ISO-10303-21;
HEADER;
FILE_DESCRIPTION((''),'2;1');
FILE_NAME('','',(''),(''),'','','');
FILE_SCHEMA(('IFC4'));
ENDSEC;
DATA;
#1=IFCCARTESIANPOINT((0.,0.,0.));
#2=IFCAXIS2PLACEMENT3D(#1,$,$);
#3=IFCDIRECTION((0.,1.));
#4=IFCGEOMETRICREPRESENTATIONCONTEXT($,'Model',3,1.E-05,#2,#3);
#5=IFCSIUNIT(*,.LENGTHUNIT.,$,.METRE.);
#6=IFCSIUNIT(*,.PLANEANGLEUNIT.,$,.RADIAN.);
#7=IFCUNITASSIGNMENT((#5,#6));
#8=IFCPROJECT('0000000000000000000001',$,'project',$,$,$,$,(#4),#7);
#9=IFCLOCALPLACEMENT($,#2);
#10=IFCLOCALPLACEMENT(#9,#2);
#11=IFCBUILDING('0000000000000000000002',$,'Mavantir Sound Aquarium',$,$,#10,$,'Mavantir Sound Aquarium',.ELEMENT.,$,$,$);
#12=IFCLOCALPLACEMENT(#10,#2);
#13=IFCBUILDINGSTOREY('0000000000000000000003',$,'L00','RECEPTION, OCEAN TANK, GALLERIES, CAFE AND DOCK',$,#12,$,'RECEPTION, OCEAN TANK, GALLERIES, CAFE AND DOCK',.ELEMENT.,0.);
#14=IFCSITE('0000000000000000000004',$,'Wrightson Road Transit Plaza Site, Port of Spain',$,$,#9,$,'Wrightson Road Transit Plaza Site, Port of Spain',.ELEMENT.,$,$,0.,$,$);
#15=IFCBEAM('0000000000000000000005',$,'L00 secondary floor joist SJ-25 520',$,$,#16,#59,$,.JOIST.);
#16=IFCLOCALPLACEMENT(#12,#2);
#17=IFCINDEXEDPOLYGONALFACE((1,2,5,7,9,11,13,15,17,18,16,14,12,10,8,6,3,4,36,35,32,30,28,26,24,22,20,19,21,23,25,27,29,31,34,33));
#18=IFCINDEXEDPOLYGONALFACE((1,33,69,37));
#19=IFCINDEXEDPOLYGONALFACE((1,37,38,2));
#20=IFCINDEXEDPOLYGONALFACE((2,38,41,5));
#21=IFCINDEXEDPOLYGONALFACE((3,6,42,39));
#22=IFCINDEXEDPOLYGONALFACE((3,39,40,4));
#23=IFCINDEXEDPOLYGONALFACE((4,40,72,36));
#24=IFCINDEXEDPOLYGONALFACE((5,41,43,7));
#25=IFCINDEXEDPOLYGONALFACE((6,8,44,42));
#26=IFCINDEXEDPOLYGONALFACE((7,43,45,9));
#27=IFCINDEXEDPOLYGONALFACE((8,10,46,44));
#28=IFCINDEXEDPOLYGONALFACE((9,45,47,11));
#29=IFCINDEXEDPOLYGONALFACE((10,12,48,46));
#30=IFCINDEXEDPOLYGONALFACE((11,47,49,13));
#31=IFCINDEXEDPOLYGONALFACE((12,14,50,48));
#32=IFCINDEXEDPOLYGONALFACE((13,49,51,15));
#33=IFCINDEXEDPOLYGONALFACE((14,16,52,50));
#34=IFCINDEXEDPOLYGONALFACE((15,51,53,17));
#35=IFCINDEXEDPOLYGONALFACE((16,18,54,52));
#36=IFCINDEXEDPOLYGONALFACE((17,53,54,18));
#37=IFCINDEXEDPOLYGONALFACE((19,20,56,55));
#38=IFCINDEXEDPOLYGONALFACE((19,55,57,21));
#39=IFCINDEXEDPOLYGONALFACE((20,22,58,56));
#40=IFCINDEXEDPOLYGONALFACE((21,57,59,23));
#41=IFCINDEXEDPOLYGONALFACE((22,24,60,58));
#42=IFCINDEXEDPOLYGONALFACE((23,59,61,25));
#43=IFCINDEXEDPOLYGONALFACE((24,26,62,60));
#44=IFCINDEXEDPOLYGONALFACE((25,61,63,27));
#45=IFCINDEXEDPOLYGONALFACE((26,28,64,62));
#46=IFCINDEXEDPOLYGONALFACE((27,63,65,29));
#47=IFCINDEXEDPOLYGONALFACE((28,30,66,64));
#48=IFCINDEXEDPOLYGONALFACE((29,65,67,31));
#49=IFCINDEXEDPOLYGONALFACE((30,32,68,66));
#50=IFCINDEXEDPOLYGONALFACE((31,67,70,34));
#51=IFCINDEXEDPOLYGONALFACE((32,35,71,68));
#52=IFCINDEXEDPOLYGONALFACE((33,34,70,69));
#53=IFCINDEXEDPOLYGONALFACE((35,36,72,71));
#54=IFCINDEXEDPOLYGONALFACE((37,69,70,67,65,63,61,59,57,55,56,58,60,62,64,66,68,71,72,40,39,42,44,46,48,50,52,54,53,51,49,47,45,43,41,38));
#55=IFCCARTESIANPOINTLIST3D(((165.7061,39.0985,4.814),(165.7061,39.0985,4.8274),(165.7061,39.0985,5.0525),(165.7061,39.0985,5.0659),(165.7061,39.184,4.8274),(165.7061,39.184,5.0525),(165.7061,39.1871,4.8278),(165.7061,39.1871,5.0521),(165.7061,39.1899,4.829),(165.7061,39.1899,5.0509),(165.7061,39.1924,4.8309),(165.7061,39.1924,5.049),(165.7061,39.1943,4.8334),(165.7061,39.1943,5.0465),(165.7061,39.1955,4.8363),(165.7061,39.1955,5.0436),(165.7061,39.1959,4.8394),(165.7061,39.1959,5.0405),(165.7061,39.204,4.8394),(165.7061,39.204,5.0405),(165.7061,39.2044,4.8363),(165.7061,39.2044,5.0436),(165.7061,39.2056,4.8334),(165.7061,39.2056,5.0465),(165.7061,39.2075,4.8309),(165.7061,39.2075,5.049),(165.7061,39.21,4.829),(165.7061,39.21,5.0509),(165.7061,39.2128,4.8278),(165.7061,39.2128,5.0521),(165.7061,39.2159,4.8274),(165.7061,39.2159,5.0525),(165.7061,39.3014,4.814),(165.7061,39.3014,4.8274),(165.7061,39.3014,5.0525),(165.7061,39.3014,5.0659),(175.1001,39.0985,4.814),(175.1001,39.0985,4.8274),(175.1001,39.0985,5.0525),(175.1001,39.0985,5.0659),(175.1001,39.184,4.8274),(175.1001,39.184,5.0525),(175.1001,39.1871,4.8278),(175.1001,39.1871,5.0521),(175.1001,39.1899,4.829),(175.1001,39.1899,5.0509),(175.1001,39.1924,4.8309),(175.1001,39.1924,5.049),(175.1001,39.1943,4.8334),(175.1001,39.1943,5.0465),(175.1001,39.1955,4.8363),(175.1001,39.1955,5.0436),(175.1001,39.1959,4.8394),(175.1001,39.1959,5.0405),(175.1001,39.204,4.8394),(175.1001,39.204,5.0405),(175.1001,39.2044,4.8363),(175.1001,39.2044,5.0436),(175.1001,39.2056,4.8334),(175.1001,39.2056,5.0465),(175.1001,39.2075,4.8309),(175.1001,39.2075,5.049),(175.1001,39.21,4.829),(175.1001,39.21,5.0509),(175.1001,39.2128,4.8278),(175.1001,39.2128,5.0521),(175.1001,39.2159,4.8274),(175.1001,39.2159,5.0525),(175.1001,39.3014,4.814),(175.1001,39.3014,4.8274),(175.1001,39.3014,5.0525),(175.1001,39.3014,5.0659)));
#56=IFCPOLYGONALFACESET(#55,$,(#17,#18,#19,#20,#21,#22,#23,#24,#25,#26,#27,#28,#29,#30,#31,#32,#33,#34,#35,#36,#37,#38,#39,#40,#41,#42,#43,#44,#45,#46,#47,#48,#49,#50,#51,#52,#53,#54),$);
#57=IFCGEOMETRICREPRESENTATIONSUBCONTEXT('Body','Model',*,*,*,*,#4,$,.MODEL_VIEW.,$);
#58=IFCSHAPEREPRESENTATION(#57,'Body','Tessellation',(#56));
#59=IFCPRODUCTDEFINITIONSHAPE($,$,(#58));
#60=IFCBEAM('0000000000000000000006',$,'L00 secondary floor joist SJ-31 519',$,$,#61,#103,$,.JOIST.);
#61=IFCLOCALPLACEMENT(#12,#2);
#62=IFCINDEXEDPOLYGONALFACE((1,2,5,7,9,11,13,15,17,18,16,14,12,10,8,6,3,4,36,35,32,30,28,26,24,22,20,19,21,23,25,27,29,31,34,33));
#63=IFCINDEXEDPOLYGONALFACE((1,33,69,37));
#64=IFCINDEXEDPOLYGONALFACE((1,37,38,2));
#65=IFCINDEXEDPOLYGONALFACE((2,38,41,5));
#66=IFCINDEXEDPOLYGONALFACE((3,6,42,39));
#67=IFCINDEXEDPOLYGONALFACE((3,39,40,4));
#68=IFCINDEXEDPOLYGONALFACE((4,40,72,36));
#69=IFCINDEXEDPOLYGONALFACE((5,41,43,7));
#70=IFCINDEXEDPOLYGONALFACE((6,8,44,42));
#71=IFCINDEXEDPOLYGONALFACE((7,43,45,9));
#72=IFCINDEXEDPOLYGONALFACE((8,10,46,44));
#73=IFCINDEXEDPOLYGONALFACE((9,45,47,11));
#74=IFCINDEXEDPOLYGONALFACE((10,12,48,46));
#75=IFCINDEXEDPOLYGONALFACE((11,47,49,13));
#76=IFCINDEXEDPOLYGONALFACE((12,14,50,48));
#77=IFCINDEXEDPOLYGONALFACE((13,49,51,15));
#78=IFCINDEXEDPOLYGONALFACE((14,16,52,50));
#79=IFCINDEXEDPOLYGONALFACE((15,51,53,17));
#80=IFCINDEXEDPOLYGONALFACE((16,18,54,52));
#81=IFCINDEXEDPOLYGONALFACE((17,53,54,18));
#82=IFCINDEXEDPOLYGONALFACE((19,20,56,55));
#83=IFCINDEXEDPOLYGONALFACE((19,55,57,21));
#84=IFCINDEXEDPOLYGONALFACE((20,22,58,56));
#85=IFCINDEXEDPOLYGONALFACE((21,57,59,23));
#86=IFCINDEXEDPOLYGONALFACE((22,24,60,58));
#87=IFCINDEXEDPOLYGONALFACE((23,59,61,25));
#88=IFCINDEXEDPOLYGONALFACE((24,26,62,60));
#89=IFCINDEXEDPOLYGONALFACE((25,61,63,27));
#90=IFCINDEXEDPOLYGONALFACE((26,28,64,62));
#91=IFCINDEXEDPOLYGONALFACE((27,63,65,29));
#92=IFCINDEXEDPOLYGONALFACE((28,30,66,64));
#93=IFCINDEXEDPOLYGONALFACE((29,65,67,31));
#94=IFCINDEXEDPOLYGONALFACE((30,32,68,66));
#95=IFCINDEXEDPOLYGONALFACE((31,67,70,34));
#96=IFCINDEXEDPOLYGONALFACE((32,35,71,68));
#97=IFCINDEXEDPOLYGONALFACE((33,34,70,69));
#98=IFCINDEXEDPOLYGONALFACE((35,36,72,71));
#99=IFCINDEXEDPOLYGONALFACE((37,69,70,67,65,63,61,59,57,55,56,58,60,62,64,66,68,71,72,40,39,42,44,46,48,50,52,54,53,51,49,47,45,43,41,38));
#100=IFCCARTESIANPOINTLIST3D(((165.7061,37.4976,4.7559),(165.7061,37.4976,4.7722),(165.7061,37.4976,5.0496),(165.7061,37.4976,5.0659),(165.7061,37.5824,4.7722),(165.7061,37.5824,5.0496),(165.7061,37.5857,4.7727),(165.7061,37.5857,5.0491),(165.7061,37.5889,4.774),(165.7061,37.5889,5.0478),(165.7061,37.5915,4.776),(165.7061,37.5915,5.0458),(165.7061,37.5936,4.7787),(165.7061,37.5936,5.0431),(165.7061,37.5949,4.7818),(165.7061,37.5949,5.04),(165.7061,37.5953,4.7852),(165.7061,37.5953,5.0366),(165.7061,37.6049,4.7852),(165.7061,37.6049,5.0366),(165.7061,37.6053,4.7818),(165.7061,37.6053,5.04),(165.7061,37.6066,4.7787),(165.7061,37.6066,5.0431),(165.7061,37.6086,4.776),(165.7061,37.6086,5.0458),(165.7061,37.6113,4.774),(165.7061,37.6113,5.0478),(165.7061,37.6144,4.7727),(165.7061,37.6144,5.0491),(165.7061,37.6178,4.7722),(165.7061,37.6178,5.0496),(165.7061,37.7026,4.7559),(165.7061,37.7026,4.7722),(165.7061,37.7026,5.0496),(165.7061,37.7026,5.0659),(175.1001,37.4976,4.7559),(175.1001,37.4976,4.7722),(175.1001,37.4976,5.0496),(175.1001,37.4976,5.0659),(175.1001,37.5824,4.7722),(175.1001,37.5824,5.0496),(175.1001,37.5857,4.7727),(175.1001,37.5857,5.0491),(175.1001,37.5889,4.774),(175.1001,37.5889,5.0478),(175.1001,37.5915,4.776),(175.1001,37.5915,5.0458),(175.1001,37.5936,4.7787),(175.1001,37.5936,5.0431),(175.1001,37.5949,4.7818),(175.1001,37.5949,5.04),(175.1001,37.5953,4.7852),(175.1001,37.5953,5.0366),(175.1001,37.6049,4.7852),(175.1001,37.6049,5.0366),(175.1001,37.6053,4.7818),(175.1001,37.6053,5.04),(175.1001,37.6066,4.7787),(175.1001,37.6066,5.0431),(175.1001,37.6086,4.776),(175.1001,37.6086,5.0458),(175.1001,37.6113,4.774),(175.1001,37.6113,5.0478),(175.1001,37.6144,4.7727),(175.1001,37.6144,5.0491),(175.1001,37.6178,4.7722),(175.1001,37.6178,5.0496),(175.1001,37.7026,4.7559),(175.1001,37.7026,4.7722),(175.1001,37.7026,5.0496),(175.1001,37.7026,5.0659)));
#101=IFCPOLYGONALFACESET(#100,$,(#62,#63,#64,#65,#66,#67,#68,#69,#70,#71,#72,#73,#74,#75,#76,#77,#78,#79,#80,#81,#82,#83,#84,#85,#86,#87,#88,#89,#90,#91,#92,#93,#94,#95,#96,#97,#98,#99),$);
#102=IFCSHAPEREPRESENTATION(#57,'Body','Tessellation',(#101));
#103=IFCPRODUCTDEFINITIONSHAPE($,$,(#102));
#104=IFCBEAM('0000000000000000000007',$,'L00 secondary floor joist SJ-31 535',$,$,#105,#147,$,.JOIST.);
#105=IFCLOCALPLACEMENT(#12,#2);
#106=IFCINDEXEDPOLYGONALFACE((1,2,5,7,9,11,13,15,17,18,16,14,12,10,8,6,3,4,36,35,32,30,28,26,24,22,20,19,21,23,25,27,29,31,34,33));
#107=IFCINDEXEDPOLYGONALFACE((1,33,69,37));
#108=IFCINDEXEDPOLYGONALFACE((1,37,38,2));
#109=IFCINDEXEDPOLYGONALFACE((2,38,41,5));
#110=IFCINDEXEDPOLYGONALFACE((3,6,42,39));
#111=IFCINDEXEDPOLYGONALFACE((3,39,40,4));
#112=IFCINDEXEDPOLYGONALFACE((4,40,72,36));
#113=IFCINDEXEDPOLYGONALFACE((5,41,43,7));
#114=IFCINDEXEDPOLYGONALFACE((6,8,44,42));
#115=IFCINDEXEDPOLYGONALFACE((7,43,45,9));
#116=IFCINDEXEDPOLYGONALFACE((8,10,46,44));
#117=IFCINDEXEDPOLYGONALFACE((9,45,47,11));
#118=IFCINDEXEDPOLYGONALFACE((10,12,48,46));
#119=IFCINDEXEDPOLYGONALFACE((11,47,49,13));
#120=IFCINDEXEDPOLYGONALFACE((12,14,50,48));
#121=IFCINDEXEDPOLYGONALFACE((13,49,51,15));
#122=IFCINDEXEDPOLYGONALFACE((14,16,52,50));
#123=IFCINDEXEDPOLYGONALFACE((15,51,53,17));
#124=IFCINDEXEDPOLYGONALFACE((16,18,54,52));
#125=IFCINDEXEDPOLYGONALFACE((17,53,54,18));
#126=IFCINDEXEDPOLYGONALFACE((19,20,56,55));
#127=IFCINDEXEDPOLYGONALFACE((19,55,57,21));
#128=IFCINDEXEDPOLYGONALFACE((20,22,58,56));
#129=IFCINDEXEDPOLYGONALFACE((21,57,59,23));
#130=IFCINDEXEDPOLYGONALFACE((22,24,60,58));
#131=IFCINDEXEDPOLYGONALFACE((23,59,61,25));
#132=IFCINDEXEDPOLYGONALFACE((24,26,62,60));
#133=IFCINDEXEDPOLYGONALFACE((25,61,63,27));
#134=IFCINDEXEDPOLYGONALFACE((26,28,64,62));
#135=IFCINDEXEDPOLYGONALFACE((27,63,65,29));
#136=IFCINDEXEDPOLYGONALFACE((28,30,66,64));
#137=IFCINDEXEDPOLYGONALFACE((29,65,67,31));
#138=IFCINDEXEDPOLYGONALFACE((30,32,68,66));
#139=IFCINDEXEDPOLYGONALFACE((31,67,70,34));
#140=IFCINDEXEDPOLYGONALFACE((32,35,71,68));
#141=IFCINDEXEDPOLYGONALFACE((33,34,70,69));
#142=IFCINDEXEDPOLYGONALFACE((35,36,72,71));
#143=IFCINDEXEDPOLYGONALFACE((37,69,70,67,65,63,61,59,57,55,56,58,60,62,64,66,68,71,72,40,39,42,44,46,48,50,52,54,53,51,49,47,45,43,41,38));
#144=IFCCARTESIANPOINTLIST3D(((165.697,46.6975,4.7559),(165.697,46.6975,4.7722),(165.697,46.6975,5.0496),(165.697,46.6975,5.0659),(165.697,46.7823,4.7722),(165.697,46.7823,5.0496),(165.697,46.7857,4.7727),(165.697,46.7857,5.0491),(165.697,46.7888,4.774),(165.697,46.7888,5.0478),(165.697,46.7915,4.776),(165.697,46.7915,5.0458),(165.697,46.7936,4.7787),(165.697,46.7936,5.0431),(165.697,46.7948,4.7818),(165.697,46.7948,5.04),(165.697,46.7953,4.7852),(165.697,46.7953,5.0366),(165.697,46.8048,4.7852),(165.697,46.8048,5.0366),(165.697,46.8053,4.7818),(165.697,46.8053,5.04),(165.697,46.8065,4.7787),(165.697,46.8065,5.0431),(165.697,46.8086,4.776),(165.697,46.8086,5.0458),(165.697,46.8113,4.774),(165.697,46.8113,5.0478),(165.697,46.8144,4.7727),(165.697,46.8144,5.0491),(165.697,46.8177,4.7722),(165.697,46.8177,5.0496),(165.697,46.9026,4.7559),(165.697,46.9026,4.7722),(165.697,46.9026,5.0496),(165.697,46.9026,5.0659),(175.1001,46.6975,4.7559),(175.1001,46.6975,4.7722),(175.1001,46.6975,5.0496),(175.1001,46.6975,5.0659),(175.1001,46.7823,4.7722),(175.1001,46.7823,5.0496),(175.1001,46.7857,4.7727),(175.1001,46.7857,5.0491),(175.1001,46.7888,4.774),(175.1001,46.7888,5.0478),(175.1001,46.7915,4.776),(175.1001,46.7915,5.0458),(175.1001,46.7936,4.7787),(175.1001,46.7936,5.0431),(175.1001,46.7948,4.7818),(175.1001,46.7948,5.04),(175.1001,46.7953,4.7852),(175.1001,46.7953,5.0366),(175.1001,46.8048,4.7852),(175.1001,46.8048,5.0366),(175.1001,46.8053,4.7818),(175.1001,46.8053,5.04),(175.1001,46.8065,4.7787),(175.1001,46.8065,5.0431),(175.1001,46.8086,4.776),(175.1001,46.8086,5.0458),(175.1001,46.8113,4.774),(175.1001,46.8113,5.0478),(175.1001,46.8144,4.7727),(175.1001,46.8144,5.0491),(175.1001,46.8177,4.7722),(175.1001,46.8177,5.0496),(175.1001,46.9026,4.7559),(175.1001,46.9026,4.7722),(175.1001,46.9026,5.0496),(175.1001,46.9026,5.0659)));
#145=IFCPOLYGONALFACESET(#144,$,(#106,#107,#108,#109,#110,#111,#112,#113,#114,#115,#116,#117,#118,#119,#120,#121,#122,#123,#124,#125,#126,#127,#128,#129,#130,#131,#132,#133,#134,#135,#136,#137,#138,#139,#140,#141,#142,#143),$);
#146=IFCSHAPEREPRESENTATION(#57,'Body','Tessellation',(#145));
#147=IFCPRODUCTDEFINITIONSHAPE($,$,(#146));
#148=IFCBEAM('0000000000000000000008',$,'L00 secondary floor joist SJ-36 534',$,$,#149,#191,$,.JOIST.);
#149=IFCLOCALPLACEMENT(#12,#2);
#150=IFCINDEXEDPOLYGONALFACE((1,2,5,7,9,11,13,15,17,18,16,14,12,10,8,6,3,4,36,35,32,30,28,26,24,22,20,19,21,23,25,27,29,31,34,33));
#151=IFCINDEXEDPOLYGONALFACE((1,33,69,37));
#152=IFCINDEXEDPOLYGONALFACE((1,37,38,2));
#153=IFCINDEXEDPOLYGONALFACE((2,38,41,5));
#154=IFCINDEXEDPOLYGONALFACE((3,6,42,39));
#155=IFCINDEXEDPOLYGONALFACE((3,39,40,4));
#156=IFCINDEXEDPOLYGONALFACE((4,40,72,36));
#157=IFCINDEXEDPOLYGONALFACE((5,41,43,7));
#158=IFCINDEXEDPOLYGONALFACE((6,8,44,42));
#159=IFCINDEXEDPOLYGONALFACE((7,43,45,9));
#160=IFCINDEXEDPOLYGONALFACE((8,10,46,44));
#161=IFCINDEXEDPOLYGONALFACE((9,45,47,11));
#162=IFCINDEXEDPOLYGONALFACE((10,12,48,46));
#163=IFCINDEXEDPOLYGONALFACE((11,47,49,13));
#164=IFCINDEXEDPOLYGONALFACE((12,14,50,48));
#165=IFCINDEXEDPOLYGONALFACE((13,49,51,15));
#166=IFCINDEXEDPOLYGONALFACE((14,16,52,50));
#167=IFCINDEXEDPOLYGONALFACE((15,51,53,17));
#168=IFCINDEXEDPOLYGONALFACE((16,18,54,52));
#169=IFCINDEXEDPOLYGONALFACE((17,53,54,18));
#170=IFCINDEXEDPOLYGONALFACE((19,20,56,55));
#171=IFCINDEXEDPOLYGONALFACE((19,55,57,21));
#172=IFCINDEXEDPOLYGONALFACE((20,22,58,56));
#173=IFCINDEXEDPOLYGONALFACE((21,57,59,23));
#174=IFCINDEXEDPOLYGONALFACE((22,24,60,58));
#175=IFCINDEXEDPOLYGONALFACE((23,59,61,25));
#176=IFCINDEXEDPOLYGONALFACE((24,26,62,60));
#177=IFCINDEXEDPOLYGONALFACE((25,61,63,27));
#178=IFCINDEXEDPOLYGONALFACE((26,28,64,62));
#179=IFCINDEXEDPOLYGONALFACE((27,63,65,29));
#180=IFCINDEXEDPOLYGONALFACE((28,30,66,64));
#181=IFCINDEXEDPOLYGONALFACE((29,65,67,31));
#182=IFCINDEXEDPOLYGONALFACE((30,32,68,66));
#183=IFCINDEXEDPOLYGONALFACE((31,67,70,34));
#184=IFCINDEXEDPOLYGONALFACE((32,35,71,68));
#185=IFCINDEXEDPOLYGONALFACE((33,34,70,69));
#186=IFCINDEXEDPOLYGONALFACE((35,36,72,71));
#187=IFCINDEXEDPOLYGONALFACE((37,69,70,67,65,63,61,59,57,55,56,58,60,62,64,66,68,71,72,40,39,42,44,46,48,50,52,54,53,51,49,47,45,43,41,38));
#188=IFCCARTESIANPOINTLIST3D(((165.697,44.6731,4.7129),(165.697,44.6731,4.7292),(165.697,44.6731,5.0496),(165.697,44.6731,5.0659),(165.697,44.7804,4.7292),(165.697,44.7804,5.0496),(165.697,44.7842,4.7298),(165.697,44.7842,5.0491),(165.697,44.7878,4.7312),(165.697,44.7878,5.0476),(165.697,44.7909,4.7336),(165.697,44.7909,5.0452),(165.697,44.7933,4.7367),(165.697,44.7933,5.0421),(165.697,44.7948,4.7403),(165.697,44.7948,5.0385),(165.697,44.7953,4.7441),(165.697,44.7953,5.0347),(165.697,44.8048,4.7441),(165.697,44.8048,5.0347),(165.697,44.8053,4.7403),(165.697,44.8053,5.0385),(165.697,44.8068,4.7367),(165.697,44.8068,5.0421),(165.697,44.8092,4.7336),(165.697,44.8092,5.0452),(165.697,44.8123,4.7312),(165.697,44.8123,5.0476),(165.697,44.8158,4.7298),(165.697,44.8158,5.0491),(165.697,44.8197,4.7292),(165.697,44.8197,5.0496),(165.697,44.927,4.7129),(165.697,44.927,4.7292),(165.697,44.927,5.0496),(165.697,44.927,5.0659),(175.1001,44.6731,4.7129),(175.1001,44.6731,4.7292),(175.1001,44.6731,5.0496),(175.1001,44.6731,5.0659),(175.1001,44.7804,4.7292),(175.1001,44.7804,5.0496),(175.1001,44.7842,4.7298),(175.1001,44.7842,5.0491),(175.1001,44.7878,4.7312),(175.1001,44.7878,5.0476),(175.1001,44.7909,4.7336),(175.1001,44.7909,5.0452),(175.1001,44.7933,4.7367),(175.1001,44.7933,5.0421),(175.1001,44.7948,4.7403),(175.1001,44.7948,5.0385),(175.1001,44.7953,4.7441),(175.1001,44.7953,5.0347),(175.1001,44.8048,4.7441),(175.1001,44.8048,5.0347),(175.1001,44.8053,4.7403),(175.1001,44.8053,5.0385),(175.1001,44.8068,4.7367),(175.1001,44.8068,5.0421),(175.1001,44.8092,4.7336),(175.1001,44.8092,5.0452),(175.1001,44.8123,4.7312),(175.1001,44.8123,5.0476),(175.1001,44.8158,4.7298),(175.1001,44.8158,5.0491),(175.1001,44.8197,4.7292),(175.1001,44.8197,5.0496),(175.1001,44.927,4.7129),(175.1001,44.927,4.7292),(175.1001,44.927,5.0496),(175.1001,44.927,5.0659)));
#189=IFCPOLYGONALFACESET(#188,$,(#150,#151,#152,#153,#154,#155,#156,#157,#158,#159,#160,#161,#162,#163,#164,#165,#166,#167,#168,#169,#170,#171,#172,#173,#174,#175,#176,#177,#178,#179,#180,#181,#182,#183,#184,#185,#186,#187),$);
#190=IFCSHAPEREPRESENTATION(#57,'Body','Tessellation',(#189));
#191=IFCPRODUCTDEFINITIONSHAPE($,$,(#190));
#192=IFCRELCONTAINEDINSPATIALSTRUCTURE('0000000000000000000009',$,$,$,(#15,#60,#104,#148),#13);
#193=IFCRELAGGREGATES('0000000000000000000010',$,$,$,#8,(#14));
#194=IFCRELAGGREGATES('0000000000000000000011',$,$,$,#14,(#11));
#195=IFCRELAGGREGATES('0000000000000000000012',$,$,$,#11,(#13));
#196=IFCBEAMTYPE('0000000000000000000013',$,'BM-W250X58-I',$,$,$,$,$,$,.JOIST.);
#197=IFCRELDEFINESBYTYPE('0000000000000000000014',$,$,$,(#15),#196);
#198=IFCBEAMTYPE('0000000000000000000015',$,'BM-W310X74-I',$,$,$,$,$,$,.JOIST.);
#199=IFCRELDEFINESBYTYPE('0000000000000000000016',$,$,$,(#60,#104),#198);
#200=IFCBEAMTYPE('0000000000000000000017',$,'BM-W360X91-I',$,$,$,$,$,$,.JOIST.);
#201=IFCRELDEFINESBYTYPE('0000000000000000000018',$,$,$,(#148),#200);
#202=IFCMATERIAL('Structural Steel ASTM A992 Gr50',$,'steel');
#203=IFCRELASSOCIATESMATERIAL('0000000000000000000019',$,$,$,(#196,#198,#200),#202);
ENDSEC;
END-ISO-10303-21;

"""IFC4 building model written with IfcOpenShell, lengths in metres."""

from ifc_helpers import new_model, si_unit, direction, frame, origin, origin_2d, place, context, subcontext, project, spatial, i_section, extrude, material, material_profile, profile_set, type_object, element, save


model = new_model("IFC4")

# Units and contexts
model_context = context("Model", 3, precision=1e-05, world=origin(), true_north=direction((0.0, 1.0)))
body_context = subcontext(model_context, "Body", "Model", "MODEL_VIEW")
ifc_project = project(units=[si_unit("LENGTHUNIT", "METRE"), si_unit("PLANEANGLEUNIT", "RADIAN")], contexts=[model_context])

# Site, building, storey
site_placement = place(None, origin())
site = spatial("IfcSite", under=ifc_project, at=site_placement, Name="Wrightson Road Transit Plaza Site, Port of Spain", LongName="Wrightson Road Transit Plaza Site, Port of Spain", CompositionType="ELEMENT", RefElevation=0.0)
building_placement = place(site_placement, origin())
building = spatial("IfcBuilding", under=site, at=building_placement, Name="Mavantir Sound Aquarium", LongName="Mavantir Sound Aquarium", CompositionType="ELEMENT")
storey_placement = place(building_placement, origin())
storey = spatial("IfcBuildingStorey", under=building, at=storey_placement, Name="L00", Description="RECEPTION, OCEAN TANK, GALLERIES, CAFE AND DOCK", LongName="RECEPTION, OCEAN TANK, GALLERIES, CAFE AND DOCK", CompositionType="ELEMENT", Elevation=0.0)

# Beams
ifc_material_1 = material(Name="Structural Steel ASTM A992 Gr50", Category="steel")
ifc_material_profile_1 = material_profile(ifc_material_1, i_section(OverallWidth=0.2029, OverallDepth=0.252, WebThickness=0.0081, FlangeThickness=0.0134, FilletRadius=0.012, at=origin_2d()), Name="W250X58")
ifc_profile_set_1 = profile_set([ifc_material_profile_1], Name="Structural Steel ASTM A992 Gr50")
beam_type_1 = type_object("IfcBeamType", Name="BM-W250X58-I", PredefinedType="JOIST", material=ifc_profile_set_1)
beam_1_placement = place(storey_placement, frame((165.7061, 39.2, 4.9399), z_axis=(1.0, 0.0, 0.0), x_axis=(0.0, 1.0, 0.0)))
element("IfcBeam", 1, at=beam_1_placement, inside=storey, type_object=beam_type_1, Name="L00 secondary floor joist SJ-25 520", PredefinedType="JOIST", context=body_context, shape_type="SweptSolid", body=[
    extrude(i_section(OverallWidth=0.2029, OverallDepth=0.252, WebThickness=0.0081, FlangeThickness=0.0134, FilletRadius=0.012, at=origin_2d()), origin(), (0.0, 0.0, 1.0), 9.394),
])
ifc_material_profile_2 = material_profile(ifc_material_1, i_section(OverallWidth=0.2051, OverallDepth=0.3101, WebThickness=0.0095, FlangeThickness=0.0164, FilletRadius=0.0129, at=origin_2d()), Name="W310X74")
ifc_profile_set_2 = profile_set([ifc_material_profile_2], Name="Structural Steel ASTM A992 Gr50")
beam_type_2 = type_object("IfcBeamType", Name="BM-W310X74-I", PredefinedType="JOIST", material=ifc_profile_set_2)
beam_2_placement = place(storey_placement, frame((165.7061, 37.6001, 4.9109), z_axis=(1.0, 0.0, 0.0), x_axis=(0.0, 1.0, 0.0)))
element("IfcBeam", 2, at=beam_2_placement, inside=storey, type_object=beam_type_2, Name="L00 secondary floor joist SJ-31 519", PredefinedType="JOIST", context=body_context, shape_type="SweptSolid", body=[
    extrude(i_section(OverallWidth=0.2051, OverallDepth=0.3101, WebThickness=0.0095, FlangeThickness=0.0164, FilletRadius=0.0129, at=origin_2d()), origin(), (0.0, 0.0, 1.0), 9.394),
])
beam_3_placement = place(storey_placement, frame((165.697, 46.8, 4.9109), z_axis=(1.0, 0.0, 0.0), x_axis=(0.0, 1.0, 0.0)))
element("IfcBeam", 3, at=beam_3_placement, inside=storey, type_object=beam_type_2, Name="L00 secondary floor joist SJ-31 535", PredefinedType="JOIST", context=body_context, shape_type="SweptSolid", body=[
    extrude(i_section(OverallWidth=0.2051, OverallDepth=0.3101, WebThickness=0.0095, FlangeThickness=0.0164, FilletRadius=0.0129, at=origin_2d()), origin(), (0.0, 0.0, 1.0), 9.4031),
])
ifc_material_profile_3 = material_profile(ifc_material_1, i_section(OverallWidth=0.2539, OverallDepth=0.353, WebThickness=0.0095, FlangeThickness=0.0164, FilletRadius=0.0149, at=origin_2d()), Name="W360X91")
ifc_profile_set_3 = profile_set([ifc_material_profile_3], Name="Structural Steel ASTM A992 Gr50")
beam_type_3 = type_object("IfcBeamType", Name="BM-W360X91-I", PredefinedType="JOIST", material=ifc_profile_set_3)
beam_4_placement = place(storey_placement, frame((165.697, 44.8, 4.8894), z_axis=(1.0, 0.0, 0.0), x_axis=(0.0, 1.0, 0.0)))
element("IfcBeam", 4, at=beam_4_placement, inside=storey, type_object=beam_type_3, Name="L00 secondary floor joist SJ-36 534", PredefinedType="JOIST", context=body_context, shape_type="SweptSolid", body=[
    extrude(i_section(OverallWidth=0.2539, OverallDepth=0.353, WebThickness=0.0095, FlangeThickness=0.0164, FilletRadius=0.0149, at=origin_2d()), origin(), (0.0, 0.0, 1.0), 9.4031),
])

save(model, "model.ifc")
